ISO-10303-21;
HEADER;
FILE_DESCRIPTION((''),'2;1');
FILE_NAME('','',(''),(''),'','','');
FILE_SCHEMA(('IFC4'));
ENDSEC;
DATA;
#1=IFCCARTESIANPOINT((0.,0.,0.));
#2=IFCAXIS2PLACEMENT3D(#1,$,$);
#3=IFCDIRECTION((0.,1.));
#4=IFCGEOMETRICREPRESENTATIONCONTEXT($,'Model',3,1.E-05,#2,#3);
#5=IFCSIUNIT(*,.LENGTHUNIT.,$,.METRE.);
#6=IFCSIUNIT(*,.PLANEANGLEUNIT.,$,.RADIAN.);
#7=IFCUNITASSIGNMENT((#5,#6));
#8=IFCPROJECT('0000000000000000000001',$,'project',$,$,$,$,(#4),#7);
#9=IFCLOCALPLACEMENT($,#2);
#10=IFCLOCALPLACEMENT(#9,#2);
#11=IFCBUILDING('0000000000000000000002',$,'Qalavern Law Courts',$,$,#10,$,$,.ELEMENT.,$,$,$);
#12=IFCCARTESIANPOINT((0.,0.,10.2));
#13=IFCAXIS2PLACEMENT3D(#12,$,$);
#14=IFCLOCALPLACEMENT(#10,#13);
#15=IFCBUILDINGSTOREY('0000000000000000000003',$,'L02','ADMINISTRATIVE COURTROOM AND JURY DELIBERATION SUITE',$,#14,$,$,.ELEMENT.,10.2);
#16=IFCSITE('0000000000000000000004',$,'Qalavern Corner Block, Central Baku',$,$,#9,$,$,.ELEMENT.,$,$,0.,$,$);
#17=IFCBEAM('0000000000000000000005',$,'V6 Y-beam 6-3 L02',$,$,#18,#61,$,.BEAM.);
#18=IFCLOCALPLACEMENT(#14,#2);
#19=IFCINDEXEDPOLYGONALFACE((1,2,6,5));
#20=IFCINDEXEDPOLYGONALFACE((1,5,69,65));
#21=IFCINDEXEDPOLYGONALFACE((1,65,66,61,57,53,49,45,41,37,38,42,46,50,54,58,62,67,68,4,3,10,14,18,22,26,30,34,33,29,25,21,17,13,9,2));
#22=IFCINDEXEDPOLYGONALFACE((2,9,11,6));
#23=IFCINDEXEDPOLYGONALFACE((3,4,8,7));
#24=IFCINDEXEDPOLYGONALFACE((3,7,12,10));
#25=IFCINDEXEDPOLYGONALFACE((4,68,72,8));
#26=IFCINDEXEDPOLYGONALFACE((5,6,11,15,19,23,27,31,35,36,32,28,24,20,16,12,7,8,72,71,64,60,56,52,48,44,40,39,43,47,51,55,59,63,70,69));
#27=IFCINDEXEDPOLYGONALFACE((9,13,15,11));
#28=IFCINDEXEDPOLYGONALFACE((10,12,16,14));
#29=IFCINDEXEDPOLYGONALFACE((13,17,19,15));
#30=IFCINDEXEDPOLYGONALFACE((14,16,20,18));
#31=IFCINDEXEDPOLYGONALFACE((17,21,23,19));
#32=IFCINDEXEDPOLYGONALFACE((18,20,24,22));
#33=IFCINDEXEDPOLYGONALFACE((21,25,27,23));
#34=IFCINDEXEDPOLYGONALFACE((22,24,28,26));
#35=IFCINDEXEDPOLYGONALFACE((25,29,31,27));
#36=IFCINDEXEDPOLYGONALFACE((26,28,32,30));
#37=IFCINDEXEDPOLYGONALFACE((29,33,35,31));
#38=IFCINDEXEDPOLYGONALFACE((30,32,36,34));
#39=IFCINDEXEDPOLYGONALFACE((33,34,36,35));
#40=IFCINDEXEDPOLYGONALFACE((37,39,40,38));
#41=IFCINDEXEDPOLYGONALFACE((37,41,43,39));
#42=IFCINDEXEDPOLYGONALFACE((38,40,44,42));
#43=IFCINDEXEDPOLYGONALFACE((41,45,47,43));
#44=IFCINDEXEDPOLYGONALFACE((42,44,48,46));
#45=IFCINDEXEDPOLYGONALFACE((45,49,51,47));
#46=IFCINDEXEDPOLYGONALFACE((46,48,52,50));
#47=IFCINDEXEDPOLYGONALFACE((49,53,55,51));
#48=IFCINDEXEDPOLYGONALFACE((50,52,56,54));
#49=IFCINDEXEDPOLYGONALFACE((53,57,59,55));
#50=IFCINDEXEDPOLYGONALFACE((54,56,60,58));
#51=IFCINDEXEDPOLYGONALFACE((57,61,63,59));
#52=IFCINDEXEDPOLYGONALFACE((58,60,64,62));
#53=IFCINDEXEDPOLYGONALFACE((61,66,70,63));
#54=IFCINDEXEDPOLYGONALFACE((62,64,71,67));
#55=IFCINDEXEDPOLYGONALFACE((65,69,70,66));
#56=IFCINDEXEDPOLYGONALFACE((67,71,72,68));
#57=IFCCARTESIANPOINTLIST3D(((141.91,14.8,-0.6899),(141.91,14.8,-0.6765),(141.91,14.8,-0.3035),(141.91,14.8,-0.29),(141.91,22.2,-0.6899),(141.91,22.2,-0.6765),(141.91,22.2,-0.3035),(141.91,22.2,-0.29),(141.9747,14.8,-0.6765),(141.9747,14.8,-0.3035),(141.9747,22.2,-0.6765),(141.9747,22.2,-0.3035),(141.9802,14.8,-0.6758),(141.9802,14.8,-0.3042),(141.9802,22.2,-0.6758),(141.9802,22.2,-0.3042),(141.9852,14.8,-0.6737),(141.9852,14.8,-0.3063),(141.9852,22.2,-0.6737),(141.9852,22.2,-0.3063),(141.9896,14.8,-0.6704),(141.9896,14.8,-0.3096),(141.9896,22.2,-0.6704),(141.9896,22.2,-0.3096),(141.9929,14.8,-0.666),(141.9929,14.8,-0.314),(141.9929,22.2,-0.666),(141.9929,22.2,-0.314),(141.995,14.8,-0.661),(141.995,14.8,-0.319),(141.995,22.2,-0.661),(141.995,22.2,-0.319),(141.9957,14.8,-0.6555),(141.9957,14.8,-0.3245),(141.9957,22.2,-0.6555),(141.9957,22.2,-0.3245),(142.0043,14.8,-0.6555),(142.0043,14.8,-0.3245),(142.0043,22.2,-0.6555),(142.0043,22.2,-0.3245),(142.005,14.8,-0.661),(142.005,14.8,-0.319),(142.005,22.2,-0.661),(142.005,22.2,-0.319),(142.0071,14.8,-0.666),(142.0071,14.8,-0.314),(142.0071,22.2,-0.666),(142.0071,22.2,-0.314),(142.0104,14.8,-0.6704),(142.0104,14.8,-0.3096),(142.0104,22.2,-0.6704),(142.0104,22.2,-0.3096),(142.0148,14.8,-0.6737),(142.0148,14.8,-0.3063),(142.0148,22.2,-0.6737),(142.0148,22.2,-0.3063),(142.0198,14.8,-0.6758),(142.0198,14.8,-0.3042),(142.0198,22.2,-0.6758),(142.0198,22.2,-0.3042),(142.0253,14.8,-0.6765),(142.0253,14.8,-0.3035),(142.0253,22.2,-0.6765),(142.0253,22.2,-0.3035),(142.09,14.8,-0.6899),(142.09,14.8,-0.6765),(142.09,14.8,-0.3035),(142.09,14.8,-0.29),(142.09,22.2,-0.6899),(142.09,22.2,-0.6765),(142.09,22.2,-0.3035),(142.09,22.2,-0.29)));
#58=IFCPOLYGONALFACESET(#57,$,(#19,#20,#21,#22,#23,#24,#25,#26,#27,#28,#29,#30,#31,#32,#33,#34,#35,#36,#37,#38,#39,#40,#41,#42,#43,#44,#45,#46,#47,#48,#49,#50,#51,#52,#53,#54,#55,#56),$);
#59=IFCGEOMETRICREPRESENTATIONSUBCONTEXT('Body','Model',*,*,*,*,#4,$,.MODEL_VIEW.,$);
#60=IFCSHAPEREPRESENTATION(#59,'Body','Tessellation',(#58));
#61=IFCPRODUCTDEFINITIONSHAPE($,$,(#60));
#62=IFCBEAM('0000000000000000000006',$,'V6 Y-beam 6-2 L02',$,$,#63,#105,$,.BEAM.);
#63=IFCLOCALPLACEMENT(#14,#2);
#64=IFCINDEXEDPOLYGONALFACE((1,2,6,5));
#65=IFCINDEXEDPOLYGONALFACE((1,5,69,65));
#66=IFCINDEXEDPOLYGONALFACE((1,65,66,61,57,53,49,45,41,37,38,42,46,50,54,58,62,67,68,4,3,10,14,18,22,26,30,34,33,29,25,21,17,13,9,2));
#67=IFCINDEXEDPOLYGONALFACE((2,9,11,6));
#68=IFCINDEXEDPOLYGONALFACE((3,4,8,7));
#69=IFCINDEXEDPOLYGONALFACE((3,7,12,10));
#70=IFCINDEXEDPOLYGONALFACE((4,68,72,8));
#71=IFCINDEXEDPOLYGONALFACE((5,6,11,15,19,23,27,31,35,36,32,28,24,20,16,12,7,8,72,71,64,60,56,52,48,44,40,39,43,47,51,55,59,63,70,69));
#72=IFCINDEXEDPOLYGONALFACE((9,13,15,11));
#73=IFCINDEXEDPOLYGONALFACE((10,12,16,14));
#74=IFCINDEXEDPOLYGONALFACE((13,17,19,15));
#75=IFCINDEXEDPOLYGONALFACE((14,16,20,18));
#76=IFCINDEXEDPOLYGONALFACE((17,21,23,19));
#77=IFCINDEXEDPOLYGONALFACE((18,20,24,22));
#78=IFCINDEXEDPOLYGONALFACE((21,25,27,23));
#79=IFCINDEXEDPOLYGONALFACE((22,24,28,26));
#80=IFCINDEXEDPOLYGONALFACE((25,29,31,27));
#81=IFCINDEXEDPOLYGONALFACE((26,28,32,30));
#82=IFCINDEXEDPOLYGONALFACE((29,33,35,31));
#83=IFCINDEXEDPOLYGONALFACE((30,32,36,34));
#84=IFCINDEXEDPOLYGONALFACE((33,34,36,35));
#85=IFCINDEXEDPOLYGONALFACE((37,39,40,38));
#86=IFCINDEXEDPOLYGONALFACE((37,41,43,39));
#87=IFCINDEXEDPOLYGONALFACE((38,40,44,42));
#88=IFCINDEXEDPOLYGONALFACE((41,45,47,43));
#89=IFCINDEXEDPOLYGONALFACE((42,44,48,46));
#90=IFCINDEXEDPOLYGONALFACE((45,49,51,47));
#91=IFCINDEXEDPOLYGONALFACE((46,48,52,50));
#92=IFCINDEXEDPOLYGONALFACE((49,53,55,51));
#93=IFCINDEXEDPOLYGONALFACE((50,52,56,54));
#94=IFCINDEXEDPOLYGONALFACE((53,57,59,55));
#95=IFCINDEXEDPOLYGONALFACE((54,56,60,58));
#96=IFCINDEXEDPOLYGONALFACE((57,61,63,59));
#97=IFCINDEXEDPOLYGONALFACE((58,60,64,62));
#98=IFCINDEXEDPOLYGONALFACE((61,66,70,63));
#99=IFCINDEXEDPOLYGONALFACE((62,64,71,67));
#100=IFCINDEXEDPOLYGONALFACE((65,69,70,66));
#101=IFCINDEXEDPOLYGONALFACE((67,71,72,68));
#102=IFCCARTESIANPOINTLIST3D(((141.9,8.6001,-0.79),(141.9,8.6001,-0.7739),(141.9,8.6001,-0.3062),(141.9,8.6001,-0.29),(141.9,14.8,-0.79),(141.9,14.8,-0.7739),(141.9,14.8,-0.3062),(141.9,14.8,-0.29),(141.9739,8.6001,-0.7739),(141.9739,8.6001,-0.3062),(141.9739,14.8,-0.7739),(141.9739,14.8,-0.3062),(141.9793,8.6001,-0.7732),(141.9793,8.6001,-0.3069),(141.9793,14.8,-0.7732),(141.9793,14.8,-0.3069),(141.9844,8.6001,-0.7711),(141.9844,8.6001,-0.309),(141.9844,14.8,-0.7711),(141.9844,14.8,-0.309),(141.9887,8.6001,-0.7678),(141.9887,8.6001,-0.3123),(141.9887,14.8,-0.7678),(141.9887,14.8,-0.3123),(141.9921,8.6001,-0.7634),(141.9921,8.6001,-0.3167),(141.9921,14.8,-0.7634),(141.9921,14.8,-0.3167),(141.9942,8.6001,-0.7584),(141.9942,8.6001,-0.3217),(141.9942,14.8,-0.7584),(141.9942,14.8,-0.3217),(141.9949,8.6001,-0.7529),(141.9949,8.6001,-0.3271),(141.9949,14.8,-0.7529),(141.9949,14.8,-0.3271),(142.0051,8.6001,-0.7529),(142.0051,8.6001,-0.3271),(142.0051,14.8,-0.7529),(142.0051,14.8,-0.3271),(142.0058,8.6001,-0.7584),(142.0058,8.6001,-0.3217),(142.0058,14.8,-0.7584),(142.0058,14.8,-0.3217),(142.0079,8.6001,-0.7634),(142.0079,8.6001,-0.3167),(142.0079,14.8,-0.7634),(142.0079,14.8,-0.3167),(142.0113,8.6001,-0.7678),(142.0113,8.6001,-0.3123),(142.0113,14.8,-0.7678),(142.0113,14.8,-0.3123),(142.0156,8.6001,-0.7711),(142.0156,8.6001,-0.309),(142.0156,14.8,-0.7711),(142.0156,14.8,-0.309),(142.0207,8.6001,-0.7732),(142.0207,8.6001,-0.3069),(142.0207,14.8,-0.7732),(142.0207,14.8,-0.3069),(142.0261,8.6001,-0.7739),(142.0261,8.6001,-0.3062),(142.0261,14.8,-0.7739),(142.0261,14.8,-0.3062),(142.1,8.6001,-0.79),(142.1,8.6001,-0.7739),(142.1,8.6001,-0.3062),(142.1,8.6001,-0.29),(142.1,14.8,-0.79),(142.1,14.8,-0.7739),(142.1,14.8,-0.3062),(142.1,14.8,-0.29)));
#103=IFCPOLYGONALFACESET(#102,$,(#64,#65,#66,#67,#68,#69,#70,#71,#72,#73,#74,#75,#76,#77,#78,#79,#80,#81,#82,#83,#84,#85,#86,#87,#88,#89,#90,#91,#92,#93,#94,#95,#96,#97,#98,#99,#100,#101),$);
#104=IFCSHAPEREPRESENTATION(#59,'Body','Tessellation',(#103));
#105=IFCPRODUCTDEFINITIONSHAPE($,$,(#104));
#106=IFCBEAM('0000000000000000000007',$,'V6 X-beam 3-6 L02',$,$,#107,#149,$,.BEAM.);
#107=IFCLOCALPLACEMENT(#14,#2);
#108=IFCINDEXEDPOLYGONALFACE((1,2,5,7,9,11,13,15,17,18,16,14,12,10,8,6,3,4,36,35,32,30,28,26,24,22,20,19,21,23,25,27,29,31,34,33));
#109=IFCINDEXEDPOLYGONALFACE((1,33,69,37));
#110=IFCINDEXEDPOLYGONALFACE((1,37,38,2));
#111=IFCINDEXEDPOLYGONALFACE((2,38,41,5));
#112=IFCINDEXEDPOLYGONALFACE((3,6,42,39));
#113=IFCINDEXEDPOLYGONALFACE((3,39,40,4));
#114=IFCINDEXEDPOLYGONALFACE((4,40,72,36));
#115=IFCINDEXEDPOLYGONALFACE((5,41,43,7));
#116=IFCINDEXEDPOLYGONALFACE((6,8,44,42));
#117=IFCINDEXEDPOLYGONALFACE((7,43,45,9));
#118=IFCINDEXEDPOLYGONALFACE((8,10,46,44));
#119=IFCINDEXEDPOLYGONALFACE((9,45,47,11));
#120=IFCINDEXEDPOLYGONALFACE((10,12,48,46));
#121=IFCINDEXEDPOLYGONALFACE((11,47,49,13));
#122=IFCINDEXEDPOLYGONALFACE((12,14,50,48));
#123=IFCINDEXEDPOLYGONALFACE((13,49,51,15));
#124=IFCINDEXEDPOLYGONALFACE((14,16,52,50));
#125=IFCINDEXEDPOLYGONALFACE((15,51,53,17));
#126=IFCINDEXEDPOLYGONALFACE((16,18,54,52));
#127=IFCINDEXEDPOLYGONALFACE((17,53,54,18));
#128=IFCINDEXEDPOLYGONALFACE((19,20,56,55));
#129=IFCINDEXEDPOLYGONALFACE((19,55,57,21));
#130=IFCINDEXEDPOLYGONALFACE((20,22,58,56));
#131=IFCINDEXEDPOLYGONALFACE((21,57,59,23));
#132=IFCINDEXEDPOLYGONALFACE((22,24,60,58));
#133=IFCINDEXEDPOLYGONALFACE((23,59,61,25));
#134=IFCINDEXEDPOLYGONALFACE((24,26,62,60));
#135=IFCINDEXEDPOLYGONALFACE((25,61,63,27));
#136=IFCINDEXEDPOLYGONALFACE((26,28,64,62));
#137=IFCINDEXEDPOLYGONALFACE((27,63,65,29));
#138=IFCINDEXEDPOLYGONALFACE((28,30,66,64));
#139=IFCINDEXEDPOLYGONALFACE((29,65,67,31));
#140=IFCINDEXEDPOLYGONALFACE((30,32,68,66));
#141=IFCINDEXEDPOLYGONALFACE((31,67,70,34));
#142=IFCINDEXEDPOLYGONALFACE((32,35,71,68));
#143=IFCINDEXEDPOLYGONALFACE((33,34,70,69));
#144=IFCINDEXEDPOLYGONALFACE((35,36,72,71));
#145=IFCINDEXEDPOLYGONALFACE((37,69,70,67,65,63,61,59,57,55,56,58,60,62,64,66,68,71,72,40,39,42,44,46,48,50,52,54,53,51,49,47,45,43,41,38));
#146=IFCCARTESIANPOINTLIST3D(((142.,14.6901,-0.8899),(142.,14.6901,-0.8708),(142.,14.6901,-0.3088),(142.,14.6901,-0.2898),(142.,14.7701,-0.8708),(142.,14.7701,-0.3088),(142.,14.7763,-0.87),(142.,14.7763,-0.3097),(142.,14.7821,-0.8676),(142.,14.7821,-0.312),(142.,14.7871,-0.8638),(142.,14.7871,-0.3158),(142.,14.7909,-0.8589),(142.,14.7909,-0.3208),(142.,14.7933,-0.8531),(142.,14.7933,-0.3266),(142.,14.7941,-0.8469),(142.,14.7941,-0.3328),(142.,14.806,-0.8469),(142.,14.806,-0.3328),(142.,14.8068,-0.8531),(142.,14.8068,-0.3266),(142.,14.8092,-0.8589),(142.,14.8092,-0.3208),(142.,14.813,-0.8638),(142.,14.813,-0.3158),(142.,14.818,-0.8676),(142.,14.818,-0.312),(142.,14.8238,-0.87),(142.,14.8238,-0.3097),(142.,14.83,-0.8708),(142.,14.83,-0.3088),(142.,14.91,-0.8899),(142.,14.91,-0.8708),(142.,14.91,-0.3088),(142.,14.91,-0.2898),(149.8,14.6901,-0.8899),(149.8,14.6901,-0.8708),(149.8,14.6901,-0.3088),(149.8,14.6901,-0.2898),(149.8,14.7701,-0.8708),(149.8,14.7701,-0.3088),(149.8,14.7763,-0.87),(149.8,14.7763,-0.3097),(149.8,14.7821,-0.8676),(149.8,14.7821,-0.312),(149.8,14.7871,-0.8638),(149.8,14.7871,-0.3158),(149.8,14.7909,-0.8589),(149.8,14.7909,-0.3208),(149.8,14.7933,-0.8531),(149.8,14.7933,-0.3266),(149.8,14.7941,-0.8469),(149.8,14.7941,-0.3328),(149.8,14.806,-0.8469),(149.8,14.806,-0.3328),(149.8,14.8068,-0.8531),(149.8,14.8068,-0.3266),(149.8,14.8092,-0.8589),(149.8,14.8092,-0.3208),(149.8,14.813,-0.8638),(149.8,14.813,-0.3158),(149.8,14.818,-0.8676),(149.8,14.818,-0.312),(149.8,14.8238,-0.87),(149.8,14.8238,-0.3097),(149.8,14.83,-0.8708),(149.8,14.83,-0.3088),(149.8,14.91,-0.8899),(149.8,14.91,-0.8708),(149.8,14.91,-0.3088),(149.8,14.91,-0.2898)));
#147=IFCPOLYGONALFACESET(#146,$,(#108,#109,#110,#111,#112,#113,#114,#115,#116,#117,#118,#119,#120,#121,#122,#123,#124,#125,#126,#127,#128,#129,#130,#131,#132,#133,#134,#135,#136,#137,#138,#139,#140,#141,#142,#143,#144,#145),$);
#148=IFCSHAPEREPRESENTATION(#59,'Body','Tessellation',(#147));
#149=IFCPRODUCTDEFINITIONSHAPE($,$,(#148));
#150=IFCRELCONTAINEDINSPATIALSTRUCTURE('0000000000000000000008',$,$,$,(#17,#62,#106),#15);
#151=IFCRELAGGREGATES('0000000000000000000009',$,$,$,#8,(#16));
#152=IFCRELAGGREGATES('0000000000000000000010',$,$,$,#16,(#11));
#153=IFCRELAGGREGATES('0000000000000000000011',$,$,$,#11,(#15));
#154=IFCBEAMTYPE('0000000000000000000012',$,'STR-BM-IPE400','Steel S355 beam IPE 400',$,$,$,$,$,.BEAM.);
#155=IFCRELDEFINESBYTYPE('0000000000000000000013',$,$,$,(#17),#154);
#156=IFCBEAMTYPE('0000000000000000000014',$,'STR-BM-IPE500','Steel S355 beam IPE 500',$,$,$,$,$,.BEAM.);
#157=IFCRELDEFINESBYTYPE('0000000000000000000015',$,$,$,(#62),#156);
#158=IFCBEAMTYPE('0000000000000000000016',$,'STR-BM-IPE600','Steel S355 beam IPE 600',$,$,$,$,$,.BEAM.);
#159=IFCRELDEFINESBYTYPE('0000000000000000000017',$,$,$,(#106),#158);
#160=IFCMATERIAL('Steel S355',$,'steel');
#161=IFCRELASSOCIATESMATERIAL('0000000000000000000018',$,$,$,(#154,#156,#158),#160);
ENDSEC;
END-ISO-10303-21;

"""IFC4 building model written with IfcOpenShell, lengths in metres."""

from ifc_helpers import new_model, si_unit, direction, frame, origin, origin_2d, place, context, subcontext, project, spatial, i_section, extrude, material, material_profile, profile_set, type_object, element, save


model = new_model("IFC4")

# Units and contexts
model_context = context("Model", 3, precision=1e-05, world=origin(), true_north=direction((0.0, 1.0)))
body_context = subcontext(model_context, "Body", "Model", "MODEL_VIEW")
ifc_project = project(units=[si_unit("LENGTHUNIT", "METRE"), si_unit("PLANEANGLEUNIT", "RADIAN")], contexts=[model_context])

# Site, building, storey
site_placement = place(None, origin())
site = spatial("IfcSite", under=ifc_project, at=site_placement, Name="Qalavern Corner Block, Central Baku", CompositionType="ELEMENT", RefElevation=0.0)
building_placement = place(site_placement, origin())
building = spatial("IfcBuilding", under=site, at=building_placement, Name="Qalavern Law Courts", CompositionType="ELEMENT")
storey_placement = place(building_placement, frame((0.0, 0.0, 10.2)))
storey = spatial("IfcBuildingStorey", under=building, at=storey_placement, Name="L02", Description="ADMINISTRATIVE COURTROOM AND JURY DELIBERATION SUITE", CompositionType="ELEMENT", Elevation=10.2)

# Beams
ifc_material_1 = material(Name="Steel S355", Category="steel")
ifc_material_profile_1 = material_profile(ifc_material_1, i_section(OverallWidth=0.1799, OverallDepth=0.3999, WebThickness=0.0085, FlangeThickness=0.0134, FilletRadius=0.021, at=origin_2d()), Name="IPE 400")
ifc_profile_set_1 = profile_set([ifc_material_profile_1], Name="Steel S355")
beam_type_1 = type_object("IfcBeamType", Name="STR-BM-IPE400", Description="Steel S355 beam IPE 400", PredefinedType="BEAM", material=ifc_profile_set_1)
beam_1_placement = place(storey_placement, frame((142.0, 14.8, -0.49), z_axis=(0.0, 1.0, 0.0), x_axis=(-1.0, 0.0, 0.0)))
element("IfcBeam", 1, at=beam_1_placement, inside=storey, type_object=beam_type_1, Name="V6 Y-beam 6-3 L02", PredefinedType="BEAM", context=body_context, shape_type="SweptSolid", body=[
    extrude(i_section(OverallWidth=0.1799, OverallDepth=0.3999, WebThickness=0.0085, FlangeThickness=0.0134, FilletRadius=0.021, at=origin_2d()), origin(), (0.0, 0.0, 1.0), 7.3999),
])
ifc_material_profile_2 = material_profile(ifc_material_1, i_section(OverallWidth=0.2, OverallDepth=0.5, WebThickness=0.0103, FlangeThickness=0.0161, FilletRadius=0.021, at=origin_2d()), Name="IPE 500")
ifc_profile_set_2 = profile_set([ifc_material_profile_2], Name="Steel S355")
beam_type_2 = type_object("IfcBeamType", Name="STR-BM-IPE500", Description="Steel S355 beam IPE 500", PredefinedType="BEAM", material=ifc_profile_set_2)
beam_2_placement = place(storey_placement, frame((142.0, 8.6001, -0.54), z_axis=(0.0, 1.0, 0.0), x_axis=(-1.0, 0.0, 0.0)))
element("IfcBeam", 2, at=beam_2_placement, inside=storey, type_object=beam_type_2, Name="V6 Y-beam 6-2 L02", PredefinedType="BEAM", context=body_context, shape_type="SweptSolid", body=[
    extrude(i_section(OverallWidth=0.2, OverallDepth=0.5, WebThickness=0.0103, FlangeThickness=0.0161, FilletRadius=0.021, at=origin_2d()), origin(), (0.0, 0.0, 1.0), 6.2),
])
ifc_material_profile_3 = material_profile(ifc_material_1, i_section(OverallWidth=0.22, OverallDepth=0.6001, WebThickness=0.012, FlangeThickness=0.019, FilletRadius=0.0239, at=origin_2d()), Name="IPE 600")
ifc_profile_set_3 = profile_set([ifc_material_profile_3], Name="Steel S355")
beam_type_3 = type_object("IfcBeamType", Name="STR-BM-IPE600", Description="Steel S355 beam IPE 600", PredefinedType="BEAM", material=ifc_profile_set_3)
beam_3_placement = place(storey_placement, frame((142.0, 14.8, -0.5898), z_axis=(1.0, 0.0, 0.0), x_axis=(0.0, 1.0, 0.0)))
element("IfcBeam", 3, at=beam_3_placement, inside=storey, type_object=beam_type_3, Name="V6 X-beam 3-6 L02", PredefinedType="BEAM", context=body_context, shape_type="SweptSolid", body=[
    extrude(i_section(OverallWidth=0.22, OverallDepth=0.6001, WebThickness=0.012, FlangeThickness=0.019, FilletRadius=0.0239, at=origin_2d()), origin(), (0.0, 0.0, 1.0), 7.8),
])

save(model, "model.ifc")
